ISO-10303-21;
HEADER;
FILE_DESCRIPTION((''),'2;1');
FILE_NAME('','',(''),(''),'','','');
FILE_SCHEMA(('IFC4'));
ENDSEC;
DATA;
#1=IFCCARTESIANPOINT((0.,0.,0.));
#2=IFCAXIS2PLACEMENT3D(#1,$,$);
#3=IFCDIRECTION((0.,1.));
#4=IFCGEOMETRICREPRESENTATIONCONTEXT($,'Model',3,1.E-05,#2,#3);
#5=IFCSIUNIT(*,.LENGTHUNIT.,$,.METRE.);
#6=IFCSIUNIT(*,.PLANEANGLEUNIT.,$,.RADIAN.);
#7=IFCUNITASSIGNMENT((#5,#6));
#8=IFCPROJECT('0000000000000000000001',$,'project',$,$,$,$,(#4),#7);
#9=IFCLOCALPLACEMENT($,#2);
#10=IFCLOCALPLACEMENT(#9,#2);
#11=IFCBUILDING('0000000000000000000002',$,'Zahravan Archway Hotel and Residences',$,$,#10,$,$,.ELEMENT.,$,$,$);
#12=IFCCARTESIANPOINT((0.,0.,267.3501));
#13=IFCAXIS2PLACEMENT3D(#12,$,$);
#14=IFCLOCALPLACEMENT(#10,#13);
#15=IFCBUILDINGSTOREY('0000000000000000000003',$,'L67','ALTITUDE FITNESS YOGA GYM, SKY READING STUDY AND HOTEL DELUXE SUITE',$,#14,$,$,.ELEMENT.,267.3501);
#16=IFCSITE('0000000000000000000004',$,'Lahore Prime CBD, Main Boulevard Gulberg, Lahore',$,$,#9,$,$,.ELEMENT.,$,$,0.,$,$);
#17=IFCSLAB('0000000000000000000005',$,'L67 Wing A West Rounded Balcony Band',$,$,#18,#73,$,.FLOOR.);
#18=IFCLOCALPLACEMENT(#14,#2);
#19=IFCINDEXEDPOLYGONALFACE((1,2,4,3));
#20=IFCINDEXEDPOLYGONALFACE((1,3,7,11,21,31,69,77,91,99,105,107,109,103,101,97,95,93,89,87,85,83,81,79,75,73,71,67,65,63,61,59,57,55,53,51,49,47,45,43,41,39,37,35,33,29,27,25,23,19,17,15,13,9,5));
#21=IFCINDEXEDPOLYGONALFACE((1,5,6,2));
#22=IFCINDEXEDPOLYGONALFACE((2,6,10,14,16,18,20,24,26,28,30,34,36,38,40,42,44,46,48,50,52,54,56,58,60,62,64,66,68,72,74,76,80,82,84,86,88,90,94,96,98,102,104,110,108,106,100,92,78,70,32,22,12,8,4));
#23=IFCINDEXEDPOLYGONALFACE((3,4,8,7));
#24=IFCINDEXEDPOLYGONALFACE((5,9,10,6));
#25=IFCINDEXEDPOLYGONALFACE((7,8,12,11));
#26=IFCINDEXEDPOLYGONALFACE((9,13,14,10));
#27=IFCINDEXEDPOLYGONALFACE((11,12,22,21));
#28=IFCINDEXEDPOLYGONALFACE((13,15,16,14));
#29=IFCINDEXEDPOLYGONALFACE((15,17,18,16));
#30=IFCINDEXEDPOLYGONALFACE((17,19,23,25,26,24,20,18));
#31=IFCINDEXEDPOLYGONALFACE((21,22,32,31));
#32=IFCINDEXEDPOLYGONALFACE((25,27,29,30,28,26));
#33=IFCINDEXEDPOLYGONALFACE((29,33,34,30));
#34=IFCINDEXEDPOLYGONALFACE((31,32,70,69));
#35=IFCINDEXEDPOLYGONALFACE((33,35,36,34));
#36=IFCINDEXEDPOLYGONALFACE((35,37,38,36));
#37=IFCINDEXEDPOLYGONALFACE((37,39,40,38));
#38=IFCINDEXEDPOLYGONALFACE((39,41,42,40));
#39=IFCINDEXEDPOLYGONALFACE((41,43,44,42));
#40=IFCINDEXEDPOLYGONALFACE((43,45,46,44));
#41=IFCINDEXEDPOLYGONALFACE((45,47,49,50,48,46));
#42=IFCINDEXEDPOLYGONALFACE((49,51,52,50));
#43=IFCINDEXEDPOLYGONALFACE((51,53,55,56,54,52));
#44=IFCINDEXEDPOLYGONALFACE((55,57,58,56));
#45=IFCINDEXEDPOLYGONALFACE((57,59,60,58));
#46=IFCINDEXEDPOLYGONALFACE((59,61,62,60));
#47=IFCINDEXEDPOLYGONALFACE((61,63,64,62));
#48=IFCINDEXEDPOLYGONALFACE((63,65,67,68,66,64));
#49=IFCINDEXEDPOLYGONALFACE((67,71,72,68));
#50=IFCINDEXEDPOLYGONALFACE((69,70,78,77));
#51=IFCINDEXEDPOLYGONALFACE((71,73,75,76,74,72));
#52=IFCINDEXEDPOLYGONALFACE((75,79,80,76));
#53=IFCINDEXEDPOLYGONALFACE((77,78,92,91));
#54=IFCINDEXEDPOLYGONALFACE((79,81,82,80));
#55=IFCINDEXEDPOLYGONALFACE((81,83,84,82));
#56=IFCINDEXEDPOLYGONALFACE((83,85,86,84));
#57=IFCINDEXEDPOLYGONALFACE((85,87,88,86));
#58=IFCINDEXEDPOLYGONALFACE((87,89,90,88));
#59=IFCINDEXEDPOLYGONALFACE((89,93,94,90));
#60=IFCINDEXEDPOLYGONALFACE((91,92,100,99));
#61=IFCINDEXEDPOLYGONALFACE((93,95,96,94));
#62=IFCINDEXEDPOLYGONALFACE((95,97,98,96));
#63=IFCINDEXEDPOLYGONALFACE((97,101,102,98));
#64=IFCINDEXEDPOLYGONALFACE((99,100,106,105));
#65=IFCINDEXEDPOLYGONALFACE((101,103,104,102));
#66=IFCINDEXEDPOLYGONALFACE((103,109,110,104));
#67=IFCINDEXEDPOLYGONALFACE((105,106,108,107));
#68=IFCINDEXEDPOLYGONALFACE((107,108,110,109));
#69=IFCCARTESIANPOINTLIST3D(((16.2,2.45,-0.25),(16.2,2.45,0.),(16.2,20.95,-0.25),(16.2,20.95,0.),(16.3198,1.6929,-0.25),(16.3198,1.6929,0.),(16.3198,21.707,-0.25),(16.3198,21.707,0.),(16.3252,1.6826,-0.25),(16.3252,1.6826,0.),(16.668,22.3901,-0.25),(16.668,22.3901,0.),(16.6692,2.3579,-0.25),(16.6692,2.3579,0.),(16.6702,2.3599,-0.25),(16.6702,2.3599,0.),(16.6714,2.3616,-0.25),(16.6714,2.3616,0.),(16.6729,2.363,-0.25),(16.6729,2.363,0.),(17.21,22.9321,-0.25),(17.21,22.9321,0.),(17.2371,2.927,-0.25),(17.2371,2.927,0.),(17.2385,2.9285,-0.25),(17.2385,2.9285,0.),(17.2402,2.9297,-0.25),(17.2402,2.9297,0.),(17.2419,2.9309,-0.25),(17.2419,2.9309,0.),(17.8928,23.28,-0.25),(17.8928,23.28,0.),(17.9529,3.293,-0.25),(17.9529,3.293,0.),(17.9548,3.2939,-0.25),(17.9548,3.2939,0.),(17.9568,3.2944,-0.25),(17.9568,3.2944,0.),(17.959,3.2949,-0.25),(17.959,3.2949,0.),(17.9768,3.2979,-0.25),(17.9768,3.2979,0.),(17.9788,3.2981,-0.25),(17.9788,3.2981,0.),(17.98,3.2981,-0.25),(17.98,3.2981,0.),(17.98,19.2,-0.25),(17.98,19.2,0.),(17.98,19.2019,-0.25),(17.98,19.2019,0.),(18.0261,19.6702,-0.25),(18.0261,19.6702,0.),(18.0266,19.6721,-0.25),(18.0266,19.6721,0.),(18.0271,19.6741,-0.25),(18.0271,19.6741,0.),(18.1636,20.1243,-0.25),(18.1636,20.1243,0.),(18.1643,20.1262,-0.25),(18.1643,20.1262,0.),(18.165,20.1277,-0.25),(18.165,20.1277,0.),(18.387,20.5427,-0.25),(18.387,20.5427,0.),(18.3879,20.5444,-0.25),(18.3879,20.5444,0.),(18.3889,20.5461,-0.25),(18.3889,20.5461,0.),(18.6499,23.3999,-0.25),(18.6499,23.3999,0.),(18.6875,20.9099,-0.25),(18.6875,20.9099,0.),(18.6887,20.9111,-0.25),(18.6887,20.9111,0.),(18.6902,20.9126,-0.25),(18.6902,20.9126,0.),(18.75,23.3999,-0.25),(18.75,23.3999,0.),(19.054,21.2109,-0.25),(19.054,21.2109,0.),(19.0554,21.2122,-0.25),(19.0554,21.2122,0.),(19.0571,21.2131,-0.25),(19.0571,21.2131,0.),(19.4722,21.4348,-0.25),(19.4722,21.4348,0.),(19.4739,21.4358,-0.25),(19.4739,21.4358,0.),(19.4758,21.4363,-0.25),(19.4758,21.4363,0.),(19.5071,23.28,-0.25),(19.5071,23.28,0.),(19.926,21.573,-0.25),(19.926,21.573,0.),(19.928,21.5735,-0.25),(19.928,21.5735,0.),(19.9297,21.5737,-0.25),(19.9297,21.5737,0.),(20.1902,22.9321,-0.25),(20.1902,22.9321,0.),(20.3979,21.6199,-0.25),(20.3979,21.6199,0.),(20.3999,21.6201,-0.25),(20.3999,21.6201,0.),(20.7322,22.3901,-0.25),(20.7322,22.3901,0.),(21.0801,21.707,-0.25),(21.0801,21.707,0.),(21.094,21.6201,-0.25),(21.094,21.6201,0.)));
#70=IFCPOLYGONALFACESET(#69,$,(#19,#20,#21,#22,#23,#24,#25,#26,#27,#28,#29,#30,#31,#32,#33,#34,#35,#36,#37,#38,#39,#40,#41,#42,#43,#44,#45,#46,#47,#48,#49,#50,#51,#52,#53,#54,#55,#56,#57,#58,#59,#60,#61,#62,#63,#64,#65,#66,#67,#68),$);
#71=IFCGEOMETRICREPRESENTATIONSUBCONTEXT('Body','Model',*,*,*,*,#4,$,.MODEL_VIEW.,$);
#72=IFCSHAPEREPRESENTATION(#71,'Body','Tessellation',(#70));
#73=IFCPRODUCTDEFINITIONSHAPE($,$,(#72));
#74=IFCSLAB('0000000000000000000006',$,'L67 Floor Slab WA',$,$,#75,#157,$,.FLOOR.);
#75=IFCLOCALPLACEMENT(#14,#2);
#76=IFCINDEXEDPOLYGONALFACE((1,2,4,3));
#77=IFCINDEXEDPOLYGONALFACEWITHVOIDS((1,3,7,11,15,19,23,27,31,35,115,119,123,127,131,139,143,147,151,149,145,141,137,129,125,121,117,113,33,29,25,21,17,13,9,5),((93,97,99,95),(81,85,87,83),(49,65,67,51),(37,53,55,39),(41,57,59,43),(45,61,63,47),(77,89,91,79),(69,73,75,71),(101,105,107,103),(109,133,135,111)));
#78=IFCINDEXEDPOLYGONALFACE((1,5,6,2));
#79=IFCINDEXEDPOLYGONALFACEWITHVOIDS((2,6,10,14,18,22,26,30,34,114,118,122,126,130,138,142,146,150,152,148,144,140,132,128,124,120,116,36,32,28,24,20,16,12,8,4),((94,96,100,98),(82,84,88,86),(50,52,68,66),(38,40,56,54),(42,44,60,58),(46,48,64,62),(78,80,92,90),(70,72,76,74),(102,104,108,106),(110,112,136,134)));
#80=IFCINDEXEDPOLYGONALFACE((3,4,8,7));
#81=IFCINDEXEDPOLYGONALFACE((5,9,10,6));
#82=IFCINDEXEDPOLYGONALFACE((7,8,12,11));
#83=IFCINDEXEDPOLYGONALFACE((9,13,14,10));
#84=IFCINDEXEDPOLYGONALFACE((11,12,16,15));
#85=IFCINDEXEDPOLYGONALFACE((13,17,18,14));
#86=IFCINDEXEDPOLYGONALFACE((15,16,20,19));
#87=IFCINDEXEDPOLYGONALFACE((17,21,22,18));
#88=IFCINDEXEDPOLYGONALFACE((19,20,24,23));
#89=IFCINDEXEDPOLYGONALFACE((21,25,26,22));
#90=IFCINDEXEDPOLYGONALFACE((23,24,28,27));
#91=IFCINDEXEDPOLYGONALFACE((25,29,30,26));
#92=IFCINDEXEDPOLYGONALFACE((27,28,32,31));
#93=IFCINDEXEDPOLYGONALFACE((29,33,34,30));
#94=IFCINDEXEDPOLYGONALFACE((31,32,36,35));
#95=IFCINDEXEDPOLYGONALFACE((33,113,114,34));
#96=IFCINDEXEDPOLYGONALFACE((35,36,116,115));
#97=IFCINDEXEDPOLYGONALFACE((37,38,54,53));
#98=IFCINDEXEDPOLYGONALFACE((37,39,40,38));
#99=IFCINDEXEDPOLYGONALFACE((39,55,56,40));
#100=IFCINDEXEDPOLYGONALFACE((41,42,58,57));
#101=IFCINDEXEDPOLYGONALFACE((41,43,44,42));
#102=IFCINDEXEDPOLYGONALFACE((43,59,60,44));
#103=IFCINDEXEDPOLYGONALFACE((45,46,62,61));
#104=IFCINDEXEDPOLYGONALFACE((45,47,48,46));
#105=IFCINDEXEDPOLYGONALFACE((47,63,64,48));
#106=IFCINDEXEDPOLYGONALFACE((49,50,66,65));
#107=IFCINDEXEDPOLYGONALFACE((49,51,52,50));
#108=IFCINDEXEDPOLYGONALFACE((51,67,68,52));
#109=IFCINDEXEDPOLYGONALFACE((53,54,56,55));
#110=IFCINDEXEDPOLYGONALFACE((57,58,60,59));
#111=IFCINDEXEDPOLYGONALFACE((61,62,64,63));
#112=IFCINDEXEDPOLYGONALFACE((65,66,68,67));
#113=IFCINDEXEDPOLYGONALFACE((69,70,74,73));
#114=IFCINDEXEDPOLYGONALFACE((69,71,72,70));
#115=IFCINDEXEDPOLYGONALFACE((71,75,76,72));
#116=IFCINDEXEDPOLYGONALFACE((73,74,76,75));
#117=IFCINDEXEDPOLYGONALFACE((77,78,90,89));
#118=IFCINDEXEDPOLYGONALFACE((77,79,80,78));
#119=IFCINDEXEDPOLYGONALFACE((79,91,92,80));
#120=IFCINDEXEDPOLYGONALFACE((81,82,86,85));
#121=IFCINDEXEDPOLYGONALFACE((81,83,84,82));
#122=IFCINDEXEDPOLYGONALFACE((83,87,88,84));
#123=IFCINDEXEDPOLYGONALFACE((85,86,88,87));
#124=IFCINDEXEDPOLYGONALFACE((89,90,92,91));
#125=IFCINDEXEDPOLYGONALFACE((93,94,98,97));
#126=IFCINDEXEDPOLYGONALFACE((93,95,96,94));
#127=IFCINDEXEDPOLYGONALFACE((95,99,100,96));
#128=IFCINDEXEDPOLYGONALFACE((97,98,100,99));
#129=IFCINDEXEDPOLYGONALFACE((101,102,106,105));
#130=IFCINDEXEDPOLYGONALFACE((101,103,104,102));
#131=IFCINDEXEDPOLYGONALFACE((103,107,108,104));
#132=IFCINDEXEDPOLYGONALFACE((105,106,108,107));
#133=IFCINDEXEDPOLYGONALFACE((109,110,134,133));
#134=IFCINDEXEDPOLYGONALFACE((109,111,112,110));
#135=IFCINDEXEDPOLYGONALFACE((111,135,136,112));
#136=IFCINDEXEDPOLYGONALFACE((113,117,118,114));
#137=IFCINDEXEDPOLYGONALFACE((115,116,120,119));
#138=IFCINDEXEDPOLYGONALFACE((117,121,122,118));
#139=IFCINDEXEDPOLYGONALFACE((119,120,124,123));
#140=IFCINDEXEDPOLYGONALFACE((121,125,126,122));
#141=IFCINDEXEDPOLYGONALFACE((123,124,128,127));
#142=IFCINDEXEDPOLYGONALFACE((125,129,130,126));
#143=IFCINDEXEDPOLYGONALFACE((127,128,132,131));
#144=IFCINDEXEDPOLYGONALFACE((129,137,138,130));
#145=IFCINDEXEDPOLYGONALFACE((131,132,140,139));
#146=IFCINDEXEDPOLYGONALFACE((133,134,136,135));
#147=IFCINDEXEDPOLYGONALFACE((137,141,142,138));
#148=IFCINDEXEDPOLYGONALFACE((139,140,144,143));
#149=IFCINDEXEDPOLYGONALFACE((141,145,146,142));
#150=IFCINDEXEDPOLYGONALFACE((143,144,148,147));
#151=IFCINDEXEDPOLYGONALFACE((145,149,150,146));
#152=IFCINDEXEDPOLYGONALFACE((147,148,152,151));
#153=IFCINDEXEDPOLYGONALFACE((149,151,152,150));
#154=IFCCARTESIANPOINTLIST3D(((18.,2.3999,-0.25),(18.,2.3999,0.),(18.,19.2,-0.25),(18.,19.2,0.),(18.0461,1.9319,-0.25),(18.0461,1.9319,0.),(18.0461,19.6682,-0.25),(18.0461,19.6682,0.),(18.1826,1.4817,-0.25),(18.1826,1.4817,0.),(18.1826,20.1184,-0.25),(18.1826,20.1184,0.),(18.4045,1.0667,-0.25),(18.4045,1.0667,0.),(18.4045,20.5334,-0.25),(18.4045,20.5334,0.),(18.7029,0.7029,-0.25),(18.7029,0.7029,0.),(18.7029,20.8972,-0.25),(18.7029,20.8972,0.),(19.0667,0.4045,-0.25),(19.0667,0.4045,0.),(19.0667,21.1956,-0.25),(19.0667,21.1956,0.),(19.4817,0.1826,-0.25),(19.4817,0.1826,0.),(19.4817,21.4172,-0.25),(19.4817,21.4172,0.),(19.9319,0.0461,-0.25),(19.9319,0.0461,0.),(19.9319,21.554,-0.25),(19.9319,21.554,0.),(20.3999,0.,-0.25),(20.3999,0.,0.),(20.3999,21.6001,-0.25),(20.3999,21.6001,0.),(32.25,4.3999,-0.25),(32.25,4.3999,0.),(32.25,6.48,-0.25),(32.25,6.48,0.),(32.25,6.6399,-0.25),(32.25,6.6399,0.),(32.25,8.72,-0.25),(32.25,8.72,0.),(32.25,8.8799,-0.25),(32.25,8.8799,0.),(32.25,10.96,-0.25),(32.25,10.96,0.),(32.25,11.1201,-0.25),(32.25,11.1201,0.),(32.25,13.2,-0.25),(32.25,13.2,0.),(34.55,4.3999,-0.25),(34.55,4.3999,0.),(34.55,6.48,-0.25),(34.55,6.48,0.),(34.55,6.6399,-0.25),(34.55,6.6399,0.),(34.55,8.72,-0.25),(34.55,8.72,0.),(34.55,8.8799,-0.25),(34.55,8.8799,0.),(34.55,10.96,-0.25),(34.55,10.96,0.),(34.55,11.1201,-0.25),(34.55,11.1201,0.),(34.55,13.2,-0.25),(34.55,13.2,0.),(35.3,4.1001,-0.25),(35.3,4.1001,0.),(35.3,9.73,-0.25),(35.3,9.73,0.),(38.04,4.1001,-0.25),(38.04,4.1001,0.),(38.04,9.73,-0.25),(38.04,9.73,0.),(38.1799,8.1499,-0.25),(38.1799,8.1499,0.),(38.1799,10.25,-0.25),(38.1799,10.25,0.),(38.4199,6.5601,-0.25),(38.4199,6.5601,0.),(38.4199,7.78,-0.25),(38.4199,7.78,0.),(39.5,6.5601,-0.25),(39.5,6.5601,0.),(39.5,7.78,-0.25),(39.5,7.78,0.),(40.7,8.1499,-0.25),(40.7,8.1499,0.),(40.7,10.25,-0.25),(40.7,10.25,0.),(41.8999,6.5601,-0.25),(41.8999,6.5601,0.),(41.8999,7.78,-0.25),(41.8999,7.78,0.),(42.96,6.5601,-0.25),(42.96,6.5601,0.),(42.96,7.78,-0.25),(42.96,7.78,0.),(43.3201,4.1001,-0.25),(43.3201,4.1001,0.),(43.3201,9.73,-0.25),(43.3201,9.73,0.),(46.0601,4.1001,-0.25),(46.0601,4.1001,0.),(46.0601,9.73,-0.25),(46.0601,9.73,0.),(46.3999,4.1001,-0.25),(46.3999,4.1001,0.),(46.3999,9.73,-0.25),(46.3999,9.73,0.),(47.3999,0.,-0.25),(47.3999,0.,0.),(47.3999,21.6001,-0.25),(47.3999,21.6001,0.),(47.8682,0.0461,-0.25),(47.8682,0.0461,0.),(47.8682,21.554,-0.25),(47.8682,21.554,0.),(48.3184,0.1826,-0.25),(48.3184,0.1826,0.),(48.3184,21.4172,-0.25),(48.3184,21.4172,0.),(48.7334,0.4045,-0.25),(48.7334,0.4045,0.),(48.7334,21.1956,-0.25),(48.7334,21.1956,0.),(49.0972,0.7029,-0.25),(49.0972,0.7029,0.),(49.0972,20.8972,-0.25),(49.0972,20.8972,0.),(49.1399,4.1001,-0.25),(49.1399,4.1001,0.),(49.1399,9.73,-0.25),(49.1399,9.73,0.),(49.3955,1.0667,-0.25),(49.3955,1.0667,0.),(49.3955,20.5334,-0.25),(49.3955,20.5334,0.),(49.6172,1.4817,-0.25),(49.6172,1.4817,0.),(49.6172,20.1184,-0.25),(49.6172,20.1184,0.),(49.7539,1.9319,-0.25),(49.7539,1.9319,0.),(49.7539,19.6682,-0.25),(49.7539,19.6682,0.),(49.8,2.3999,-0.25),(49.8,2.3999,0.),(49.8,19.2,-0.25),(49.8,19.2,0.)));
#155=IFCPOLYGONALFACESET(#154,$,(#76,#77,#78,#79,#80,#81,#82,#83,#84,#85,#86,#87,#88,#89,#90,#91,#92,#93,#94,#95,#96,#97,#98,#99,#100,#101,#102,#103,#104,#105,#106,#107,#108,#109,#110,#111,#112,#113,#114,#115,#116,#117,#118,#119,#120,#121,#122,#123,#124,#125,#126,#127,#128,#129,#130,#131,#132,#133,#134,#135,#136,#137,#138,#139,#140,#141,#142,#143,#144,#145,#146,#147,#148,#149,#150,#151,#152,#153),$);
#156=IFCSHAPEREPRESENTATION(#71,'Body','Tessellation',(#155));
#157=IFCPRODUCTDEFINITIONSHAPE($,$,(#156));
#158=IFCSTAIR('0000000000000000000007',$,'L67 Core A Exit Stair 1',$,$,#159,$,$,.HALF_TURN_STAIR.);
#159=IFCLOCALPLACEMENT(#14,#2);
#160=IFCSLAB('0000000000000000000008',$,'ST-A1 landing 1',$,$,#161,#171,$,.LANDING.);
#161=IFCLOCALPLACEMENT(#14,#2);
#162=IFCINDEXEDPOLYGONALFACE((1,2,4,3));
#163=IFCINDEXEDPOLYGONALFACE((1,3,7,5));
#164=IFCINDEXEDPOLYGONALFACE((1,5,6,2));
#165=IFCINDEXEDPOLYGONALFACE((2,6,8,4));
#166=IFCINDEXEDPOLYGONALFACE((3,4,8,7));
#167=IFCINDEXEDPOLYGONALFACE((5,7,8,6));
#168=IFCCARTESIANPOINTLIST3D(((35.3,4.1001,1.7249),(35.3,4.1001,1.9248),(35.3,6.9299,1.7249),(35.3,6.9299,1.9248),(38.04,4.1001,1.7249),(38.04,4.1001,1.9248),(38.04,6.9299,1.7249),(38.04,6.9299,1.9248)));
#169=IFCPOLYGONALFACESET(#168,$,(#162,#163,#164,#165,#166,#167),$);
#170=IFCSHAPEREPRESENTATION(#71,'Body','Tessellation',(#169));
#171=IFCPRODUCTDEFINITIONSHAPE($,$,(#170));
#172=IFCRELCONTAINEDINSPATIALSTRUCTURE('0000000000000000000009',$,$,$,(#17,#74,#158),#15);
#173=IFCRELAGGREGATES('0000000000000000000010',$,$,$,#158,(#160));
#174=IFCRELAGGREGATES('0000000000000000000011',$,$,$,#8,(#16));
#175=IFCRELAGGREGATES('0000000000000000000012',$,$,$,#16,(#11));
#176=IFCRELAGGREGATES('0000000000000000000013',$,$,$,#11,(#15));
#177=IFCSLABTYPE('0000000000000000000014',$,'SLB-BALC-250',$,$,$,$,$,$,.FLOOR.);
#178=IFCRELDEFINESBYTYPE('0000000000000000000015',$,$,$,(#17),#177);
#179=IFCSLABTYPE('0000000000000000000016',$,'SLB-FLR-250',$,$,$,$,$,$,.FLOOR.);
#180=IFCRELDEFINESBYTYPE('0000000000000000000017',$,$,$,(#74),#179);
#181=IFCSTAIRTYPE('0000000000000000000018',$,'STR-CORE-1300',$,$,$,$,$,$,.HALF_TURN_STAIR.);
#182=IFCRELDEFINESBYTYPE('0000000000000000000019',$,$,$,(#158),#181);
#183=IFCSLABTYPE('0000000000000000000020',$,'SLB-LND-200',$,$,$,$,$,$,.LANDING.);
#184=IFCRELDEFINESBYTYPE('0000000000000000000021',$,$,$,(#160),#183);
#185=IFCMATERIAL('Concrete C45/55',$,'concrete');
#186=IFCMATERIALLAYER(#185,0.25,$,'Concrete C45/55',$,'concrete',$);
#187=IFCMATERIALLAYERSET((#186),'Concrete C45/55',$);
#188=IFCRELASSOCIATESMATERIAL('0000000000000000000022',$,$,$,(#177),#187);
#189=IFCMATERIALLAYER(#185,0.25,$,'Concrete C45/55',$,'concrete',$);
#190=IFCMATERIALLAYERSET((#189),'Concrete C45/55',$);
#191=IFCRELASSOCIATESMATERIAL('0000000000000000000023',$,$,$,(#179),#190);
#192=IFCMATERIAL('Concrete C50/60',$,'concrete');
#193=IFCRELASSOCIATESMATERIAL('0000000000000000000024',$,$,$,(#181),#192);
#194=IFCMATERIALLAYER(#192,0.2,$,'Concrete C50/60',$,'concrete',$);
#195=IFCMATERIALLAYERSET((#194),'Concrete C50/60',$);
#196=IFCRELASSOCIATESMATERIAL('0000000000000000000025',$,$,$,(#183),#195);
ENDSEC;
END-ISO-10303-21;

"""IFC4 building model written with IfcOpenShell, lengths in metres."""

from ifc_helpers import new_model, si_unit, direction, frame, origin, place, context, subcontext, project, spatial, polyline, outline, extrude, material, layer, layer_set, type_object, element, aggregate, save


model = new_model("IFC4")

# Units and contexts
model_context = context("Model", 3, precision=1e-05, world=origin(), true_north=direction((0.0, 1.0)))
body_context = subcontext(model_context, "Body", "Model", "MODEL_VIEW")
ifc_project = project(units=[si_unit("LENGTHUNIT", "METRE"), si_unit("PLANEANGLEUNIT", "RADIAN")], contexts=[model_context])

# Site, building, storey
site_placement = place(None, origin())
site = spatial("IfcSite", under=ifc_project, at=site_placement, Name="Lahore Prime CBD, Main Boulevard Gulberg, Lahore", CompositionType="ELEMENT", RefElevation=0.0)
building_placement = place(site_placement, origin())
building = spatial("IfcBuilding", under=site, at=building_placement, Name="Zahravan Archway Hotel and Residences", CompositionType="ELEMENT")
storey_placement = place(building_placement, frame((0.0, 0.0, 267.3501)))
storey = spatial("IfcBuildingStorey", under=building, at=storey_placement, Name="L67", Description="ALTITUDE FITNESS YOGA GYM, SKY READING STUDY AND HOTEL DELUXE SUITE", CompositionType="ELEMENT", Elevation=267.3501)

# Slabs
ifc_material_1 = material(Name="Concrete C45/55", Category="concrete")
ifc_layer_1 = layer(ifc_material_1, 0.25, Name="Concrete C45/55", Category="concrete")
ifc_layer_set_1 = layer_set([ifc_layer_1], Name="Concrete C45/55")
slab_type_1 = type_object("IfcSlabType", Name="SLB-BALC-250", PredefinedType="FLOOR", material=ifc_layer_set_1)
slab_1_placement = place(storey_placement, frame((0.0, 0.0, -0.25)))
element("IfcSlab", 1, at=slab_1_placement, inside=storey, type_object=slab_type_1, Name="L67 Wing A West Rounded Balcony Band", PredefinedType="FLOOR", context=body_context, shape_type="SweptSolid", body=[
    extrude(outline(polyline([(16.3198, 1.6929), (16.2, 2.45), (16.2, 20.95), (16.3198, 21.707), (16.668, 22.3901), (17.21, 22.9321), (17.8928, 23.28), (18.6499, 23.3999), (18.75, 23.3999), (19.5071, 23.28), (20.1902, 22.9321), (20.7322, 22.3901), (21.0801, 21.707), (21.094, 21.6201), (20.3999, 21.6201), (20.3979, 21.6199), (19.9297, 21.5737), (19.928, 21.5735), (19.926, 21.573), (19.4758, 21.4363), (19.4739, 21.4358), (19.4722, 21.4348), (19.0571, 21.2131), (19.0554, 21.2122), (19.054, 21.2109), (18.6902, 20.9126), (18.6887, 20.9111), (18.6875, 20.9099), (18.3889, 20.5461), (18.3879, 20.5444), (18.387, 20.5427), (18.165, 20.1277), (18.1643, 20.1262), (18.1636, 20.1243), (18.0271, 19.6741), (18.0266, 19.6721), (18.0261, 19.6702), (17.98, 19.2019), (17.98, 19.2), (17.98, 3.2981), (17.9788, 3.2981), (17.9768, 3.2979), (17.959, 3.2949), (17.9568, 3.2944), (17.9548, 3.2939), (17.9529, 3.293), (17.2419, 2.9309), (17.2402, 2.9297), (17.2385, 2.9285), (17.2371, 2.927), (16.6729, 2.363), (16.6714, 2.3616), (16.6702, 2.3599), (16.6692, 2.3579), (16.3252, 1.6826), (16.3198, 1.6929)])), origin(), (0.0, 0.0, 1.0), 0.25),
])
ifc_layer_2 = layer(ifc_material_1, 0.25, Name="Concrete C45/55", Category="concrete")
ifc_layer_set_2 = layer_set([ifc_layer_2], Name="Concrete C45/55")
slab_type_2 = type_object("IfcSlabType", Name="SLB-FLR-250", PredefinedType="FLOOR", material=ifc_layer_set_2)
slab_2_placement = place(storey_placement, frame((0.0, 0.0, -0.25)))
element("IfcSlab", 2, at=slab_2_placement, inside=storey, type_object=slab_type_2, Name="L67 Floor Slab WA", PredefinedType="FLOOR", context=body_context, shape_type="SweptSolid", body=[
    extrude(outline(polyline([(47.3999, 0.0), (47.8682, 0.0461), (48.3184, 0.1826), (48.7334, 0.4045), (49.0972, 0.7029), (49.3955, 1.0667), (49.6172, 1.4817), (49.7539, 1.9319), (49.8, 2.3999), (49.8, 19.2), (49.7539, 19.6682), (49.6172, 20.1184), (49.3955, 20.5334), (49.0972, 20.8972), (48.7334, 21.1956), (48.3184, 21.4172), (47.8682, 21.554), (47.3999, 21.6001), (20.3999, 21.6001), (19.9319, 21.554), (19.4817, 21.4172), (19.0667, 21.1956), (18.7029, 20.8972), (18.4045, 20.5334), (18.1826, 20.1184), (18.0461, 19.6682), (18.0, 19.2), (18.0, 2.3999), (18.0461, 1.9319), (18.1826, 1.4817), (18.4045, 1.0667), (18.7029, 0.7029), (19.0667, 0.4045), (19.4817, 0.1826), (19.9319, 0.0461), (20.3999, 0.0), (47.3999, 0.0)]), holes=[polyline([(35.3, 9.73), (35.3, 4.1001), (38.04, 4.1001), (38.04, 9.73), (35.3, 9.73)]), polyline([(43.3201, 9.73), (43.3201, 4.1001), (46.0601, 4.1001), (46.0601, 9.73), (43.3201, 9.73)]), polyline([(46.3999, 9.73), (46.3999, 4.1001), (49.1399, 4.1001), (49.1399, 9.73), (46.3999, 9.73)]), polyline([(38.1799, 8.1499), (40.7, 8.1499), (40.7, 10.25), (38.1799, 10.25), (38.1799, 8.1499)]), polyline([(32.25, 4.3999), (34.55, 4.3999), (34.55, 6.48), (32.25, 6.48), (32.25, 4.3999)]), polyline([(32.25, 6.6399), (34.55, 6.6399), (34.55, 8.72), (32.25, 8.72), (32.25, 6.6399)]), polyline([(32.25, 8.8799), (34.55, 8.8799), (34.55, 10.96), (32.25, 10.96), (32.25, 8.8799)]), polyline([(32.25, 11.1201), (34.55, 11.1201), (34.55, 13.2), (32.25, 13.2), (32.25, 11.1201)]), polyline([(38.4199, 6.5601), (39.5, 6.5601), (39.5, 7.78), (38.4199, 7.78), (38.4199, 6.5601)]), polyline([(41.8999, 6.5601), (42.96, 6.5601), (42.96, 7.78), (41.8999, 7.78), (41.8999, 6.5601)])]), origin(), (0.0, 0.0, 1.0), 0.25),
])

# Stair, slab
ifc_material_2 = material(Name="Concrete C50/60", Category="concrete")
stair_type = type_object("IfcStairType", Name="STR-CORE-1300", PredefinedType="HALF_TURN_STAIR", material=ifc_material_2)
stair_1_placement = place(storey_placement, origin())
stair_1 = element("IfcStair", 3, at=stair_1_placement, inside=storey, type_object=stair_type, Name="L67 Core A Exit Stair 1", PredefinedType="HALF_TURN_STAIR")
ifc_layer_3 = layer(ifc_material_2, 0.2, Name="Concrete C50/60", Category="concrete")
ifc_layer_set_3 = layer_set([ifc_layer_3], Name="Concrete C50/60")
slab_type_3 = type_object("IfcSlabType", Name="SLB-LND-200", PredefinedType="LANDING", material=ifc_layer_set_3)
slab_3_placement = place(storey_placement, frame((0.0, 0.0, 1.7249)))
slab_3 = element("IfcSlab", 4, at=slab_3_placement, type_object=slab_type_3, Name="ST-A1 landing 1", PredefinedType="LANDING", context=body_context, shape_type="SweptSolid", body=[
    extrude(outline(polyline([(35.3, 6.9299), (35.3, 4.1001), (38.04, 4.1001), (38.04, 6.9299), (35.3, 6.9299)])), origin(), (0.0, 0.0, 1.0), 0.2),
])
aggregate(stair_1, [slab_3])

save(model, "model.ifc")
